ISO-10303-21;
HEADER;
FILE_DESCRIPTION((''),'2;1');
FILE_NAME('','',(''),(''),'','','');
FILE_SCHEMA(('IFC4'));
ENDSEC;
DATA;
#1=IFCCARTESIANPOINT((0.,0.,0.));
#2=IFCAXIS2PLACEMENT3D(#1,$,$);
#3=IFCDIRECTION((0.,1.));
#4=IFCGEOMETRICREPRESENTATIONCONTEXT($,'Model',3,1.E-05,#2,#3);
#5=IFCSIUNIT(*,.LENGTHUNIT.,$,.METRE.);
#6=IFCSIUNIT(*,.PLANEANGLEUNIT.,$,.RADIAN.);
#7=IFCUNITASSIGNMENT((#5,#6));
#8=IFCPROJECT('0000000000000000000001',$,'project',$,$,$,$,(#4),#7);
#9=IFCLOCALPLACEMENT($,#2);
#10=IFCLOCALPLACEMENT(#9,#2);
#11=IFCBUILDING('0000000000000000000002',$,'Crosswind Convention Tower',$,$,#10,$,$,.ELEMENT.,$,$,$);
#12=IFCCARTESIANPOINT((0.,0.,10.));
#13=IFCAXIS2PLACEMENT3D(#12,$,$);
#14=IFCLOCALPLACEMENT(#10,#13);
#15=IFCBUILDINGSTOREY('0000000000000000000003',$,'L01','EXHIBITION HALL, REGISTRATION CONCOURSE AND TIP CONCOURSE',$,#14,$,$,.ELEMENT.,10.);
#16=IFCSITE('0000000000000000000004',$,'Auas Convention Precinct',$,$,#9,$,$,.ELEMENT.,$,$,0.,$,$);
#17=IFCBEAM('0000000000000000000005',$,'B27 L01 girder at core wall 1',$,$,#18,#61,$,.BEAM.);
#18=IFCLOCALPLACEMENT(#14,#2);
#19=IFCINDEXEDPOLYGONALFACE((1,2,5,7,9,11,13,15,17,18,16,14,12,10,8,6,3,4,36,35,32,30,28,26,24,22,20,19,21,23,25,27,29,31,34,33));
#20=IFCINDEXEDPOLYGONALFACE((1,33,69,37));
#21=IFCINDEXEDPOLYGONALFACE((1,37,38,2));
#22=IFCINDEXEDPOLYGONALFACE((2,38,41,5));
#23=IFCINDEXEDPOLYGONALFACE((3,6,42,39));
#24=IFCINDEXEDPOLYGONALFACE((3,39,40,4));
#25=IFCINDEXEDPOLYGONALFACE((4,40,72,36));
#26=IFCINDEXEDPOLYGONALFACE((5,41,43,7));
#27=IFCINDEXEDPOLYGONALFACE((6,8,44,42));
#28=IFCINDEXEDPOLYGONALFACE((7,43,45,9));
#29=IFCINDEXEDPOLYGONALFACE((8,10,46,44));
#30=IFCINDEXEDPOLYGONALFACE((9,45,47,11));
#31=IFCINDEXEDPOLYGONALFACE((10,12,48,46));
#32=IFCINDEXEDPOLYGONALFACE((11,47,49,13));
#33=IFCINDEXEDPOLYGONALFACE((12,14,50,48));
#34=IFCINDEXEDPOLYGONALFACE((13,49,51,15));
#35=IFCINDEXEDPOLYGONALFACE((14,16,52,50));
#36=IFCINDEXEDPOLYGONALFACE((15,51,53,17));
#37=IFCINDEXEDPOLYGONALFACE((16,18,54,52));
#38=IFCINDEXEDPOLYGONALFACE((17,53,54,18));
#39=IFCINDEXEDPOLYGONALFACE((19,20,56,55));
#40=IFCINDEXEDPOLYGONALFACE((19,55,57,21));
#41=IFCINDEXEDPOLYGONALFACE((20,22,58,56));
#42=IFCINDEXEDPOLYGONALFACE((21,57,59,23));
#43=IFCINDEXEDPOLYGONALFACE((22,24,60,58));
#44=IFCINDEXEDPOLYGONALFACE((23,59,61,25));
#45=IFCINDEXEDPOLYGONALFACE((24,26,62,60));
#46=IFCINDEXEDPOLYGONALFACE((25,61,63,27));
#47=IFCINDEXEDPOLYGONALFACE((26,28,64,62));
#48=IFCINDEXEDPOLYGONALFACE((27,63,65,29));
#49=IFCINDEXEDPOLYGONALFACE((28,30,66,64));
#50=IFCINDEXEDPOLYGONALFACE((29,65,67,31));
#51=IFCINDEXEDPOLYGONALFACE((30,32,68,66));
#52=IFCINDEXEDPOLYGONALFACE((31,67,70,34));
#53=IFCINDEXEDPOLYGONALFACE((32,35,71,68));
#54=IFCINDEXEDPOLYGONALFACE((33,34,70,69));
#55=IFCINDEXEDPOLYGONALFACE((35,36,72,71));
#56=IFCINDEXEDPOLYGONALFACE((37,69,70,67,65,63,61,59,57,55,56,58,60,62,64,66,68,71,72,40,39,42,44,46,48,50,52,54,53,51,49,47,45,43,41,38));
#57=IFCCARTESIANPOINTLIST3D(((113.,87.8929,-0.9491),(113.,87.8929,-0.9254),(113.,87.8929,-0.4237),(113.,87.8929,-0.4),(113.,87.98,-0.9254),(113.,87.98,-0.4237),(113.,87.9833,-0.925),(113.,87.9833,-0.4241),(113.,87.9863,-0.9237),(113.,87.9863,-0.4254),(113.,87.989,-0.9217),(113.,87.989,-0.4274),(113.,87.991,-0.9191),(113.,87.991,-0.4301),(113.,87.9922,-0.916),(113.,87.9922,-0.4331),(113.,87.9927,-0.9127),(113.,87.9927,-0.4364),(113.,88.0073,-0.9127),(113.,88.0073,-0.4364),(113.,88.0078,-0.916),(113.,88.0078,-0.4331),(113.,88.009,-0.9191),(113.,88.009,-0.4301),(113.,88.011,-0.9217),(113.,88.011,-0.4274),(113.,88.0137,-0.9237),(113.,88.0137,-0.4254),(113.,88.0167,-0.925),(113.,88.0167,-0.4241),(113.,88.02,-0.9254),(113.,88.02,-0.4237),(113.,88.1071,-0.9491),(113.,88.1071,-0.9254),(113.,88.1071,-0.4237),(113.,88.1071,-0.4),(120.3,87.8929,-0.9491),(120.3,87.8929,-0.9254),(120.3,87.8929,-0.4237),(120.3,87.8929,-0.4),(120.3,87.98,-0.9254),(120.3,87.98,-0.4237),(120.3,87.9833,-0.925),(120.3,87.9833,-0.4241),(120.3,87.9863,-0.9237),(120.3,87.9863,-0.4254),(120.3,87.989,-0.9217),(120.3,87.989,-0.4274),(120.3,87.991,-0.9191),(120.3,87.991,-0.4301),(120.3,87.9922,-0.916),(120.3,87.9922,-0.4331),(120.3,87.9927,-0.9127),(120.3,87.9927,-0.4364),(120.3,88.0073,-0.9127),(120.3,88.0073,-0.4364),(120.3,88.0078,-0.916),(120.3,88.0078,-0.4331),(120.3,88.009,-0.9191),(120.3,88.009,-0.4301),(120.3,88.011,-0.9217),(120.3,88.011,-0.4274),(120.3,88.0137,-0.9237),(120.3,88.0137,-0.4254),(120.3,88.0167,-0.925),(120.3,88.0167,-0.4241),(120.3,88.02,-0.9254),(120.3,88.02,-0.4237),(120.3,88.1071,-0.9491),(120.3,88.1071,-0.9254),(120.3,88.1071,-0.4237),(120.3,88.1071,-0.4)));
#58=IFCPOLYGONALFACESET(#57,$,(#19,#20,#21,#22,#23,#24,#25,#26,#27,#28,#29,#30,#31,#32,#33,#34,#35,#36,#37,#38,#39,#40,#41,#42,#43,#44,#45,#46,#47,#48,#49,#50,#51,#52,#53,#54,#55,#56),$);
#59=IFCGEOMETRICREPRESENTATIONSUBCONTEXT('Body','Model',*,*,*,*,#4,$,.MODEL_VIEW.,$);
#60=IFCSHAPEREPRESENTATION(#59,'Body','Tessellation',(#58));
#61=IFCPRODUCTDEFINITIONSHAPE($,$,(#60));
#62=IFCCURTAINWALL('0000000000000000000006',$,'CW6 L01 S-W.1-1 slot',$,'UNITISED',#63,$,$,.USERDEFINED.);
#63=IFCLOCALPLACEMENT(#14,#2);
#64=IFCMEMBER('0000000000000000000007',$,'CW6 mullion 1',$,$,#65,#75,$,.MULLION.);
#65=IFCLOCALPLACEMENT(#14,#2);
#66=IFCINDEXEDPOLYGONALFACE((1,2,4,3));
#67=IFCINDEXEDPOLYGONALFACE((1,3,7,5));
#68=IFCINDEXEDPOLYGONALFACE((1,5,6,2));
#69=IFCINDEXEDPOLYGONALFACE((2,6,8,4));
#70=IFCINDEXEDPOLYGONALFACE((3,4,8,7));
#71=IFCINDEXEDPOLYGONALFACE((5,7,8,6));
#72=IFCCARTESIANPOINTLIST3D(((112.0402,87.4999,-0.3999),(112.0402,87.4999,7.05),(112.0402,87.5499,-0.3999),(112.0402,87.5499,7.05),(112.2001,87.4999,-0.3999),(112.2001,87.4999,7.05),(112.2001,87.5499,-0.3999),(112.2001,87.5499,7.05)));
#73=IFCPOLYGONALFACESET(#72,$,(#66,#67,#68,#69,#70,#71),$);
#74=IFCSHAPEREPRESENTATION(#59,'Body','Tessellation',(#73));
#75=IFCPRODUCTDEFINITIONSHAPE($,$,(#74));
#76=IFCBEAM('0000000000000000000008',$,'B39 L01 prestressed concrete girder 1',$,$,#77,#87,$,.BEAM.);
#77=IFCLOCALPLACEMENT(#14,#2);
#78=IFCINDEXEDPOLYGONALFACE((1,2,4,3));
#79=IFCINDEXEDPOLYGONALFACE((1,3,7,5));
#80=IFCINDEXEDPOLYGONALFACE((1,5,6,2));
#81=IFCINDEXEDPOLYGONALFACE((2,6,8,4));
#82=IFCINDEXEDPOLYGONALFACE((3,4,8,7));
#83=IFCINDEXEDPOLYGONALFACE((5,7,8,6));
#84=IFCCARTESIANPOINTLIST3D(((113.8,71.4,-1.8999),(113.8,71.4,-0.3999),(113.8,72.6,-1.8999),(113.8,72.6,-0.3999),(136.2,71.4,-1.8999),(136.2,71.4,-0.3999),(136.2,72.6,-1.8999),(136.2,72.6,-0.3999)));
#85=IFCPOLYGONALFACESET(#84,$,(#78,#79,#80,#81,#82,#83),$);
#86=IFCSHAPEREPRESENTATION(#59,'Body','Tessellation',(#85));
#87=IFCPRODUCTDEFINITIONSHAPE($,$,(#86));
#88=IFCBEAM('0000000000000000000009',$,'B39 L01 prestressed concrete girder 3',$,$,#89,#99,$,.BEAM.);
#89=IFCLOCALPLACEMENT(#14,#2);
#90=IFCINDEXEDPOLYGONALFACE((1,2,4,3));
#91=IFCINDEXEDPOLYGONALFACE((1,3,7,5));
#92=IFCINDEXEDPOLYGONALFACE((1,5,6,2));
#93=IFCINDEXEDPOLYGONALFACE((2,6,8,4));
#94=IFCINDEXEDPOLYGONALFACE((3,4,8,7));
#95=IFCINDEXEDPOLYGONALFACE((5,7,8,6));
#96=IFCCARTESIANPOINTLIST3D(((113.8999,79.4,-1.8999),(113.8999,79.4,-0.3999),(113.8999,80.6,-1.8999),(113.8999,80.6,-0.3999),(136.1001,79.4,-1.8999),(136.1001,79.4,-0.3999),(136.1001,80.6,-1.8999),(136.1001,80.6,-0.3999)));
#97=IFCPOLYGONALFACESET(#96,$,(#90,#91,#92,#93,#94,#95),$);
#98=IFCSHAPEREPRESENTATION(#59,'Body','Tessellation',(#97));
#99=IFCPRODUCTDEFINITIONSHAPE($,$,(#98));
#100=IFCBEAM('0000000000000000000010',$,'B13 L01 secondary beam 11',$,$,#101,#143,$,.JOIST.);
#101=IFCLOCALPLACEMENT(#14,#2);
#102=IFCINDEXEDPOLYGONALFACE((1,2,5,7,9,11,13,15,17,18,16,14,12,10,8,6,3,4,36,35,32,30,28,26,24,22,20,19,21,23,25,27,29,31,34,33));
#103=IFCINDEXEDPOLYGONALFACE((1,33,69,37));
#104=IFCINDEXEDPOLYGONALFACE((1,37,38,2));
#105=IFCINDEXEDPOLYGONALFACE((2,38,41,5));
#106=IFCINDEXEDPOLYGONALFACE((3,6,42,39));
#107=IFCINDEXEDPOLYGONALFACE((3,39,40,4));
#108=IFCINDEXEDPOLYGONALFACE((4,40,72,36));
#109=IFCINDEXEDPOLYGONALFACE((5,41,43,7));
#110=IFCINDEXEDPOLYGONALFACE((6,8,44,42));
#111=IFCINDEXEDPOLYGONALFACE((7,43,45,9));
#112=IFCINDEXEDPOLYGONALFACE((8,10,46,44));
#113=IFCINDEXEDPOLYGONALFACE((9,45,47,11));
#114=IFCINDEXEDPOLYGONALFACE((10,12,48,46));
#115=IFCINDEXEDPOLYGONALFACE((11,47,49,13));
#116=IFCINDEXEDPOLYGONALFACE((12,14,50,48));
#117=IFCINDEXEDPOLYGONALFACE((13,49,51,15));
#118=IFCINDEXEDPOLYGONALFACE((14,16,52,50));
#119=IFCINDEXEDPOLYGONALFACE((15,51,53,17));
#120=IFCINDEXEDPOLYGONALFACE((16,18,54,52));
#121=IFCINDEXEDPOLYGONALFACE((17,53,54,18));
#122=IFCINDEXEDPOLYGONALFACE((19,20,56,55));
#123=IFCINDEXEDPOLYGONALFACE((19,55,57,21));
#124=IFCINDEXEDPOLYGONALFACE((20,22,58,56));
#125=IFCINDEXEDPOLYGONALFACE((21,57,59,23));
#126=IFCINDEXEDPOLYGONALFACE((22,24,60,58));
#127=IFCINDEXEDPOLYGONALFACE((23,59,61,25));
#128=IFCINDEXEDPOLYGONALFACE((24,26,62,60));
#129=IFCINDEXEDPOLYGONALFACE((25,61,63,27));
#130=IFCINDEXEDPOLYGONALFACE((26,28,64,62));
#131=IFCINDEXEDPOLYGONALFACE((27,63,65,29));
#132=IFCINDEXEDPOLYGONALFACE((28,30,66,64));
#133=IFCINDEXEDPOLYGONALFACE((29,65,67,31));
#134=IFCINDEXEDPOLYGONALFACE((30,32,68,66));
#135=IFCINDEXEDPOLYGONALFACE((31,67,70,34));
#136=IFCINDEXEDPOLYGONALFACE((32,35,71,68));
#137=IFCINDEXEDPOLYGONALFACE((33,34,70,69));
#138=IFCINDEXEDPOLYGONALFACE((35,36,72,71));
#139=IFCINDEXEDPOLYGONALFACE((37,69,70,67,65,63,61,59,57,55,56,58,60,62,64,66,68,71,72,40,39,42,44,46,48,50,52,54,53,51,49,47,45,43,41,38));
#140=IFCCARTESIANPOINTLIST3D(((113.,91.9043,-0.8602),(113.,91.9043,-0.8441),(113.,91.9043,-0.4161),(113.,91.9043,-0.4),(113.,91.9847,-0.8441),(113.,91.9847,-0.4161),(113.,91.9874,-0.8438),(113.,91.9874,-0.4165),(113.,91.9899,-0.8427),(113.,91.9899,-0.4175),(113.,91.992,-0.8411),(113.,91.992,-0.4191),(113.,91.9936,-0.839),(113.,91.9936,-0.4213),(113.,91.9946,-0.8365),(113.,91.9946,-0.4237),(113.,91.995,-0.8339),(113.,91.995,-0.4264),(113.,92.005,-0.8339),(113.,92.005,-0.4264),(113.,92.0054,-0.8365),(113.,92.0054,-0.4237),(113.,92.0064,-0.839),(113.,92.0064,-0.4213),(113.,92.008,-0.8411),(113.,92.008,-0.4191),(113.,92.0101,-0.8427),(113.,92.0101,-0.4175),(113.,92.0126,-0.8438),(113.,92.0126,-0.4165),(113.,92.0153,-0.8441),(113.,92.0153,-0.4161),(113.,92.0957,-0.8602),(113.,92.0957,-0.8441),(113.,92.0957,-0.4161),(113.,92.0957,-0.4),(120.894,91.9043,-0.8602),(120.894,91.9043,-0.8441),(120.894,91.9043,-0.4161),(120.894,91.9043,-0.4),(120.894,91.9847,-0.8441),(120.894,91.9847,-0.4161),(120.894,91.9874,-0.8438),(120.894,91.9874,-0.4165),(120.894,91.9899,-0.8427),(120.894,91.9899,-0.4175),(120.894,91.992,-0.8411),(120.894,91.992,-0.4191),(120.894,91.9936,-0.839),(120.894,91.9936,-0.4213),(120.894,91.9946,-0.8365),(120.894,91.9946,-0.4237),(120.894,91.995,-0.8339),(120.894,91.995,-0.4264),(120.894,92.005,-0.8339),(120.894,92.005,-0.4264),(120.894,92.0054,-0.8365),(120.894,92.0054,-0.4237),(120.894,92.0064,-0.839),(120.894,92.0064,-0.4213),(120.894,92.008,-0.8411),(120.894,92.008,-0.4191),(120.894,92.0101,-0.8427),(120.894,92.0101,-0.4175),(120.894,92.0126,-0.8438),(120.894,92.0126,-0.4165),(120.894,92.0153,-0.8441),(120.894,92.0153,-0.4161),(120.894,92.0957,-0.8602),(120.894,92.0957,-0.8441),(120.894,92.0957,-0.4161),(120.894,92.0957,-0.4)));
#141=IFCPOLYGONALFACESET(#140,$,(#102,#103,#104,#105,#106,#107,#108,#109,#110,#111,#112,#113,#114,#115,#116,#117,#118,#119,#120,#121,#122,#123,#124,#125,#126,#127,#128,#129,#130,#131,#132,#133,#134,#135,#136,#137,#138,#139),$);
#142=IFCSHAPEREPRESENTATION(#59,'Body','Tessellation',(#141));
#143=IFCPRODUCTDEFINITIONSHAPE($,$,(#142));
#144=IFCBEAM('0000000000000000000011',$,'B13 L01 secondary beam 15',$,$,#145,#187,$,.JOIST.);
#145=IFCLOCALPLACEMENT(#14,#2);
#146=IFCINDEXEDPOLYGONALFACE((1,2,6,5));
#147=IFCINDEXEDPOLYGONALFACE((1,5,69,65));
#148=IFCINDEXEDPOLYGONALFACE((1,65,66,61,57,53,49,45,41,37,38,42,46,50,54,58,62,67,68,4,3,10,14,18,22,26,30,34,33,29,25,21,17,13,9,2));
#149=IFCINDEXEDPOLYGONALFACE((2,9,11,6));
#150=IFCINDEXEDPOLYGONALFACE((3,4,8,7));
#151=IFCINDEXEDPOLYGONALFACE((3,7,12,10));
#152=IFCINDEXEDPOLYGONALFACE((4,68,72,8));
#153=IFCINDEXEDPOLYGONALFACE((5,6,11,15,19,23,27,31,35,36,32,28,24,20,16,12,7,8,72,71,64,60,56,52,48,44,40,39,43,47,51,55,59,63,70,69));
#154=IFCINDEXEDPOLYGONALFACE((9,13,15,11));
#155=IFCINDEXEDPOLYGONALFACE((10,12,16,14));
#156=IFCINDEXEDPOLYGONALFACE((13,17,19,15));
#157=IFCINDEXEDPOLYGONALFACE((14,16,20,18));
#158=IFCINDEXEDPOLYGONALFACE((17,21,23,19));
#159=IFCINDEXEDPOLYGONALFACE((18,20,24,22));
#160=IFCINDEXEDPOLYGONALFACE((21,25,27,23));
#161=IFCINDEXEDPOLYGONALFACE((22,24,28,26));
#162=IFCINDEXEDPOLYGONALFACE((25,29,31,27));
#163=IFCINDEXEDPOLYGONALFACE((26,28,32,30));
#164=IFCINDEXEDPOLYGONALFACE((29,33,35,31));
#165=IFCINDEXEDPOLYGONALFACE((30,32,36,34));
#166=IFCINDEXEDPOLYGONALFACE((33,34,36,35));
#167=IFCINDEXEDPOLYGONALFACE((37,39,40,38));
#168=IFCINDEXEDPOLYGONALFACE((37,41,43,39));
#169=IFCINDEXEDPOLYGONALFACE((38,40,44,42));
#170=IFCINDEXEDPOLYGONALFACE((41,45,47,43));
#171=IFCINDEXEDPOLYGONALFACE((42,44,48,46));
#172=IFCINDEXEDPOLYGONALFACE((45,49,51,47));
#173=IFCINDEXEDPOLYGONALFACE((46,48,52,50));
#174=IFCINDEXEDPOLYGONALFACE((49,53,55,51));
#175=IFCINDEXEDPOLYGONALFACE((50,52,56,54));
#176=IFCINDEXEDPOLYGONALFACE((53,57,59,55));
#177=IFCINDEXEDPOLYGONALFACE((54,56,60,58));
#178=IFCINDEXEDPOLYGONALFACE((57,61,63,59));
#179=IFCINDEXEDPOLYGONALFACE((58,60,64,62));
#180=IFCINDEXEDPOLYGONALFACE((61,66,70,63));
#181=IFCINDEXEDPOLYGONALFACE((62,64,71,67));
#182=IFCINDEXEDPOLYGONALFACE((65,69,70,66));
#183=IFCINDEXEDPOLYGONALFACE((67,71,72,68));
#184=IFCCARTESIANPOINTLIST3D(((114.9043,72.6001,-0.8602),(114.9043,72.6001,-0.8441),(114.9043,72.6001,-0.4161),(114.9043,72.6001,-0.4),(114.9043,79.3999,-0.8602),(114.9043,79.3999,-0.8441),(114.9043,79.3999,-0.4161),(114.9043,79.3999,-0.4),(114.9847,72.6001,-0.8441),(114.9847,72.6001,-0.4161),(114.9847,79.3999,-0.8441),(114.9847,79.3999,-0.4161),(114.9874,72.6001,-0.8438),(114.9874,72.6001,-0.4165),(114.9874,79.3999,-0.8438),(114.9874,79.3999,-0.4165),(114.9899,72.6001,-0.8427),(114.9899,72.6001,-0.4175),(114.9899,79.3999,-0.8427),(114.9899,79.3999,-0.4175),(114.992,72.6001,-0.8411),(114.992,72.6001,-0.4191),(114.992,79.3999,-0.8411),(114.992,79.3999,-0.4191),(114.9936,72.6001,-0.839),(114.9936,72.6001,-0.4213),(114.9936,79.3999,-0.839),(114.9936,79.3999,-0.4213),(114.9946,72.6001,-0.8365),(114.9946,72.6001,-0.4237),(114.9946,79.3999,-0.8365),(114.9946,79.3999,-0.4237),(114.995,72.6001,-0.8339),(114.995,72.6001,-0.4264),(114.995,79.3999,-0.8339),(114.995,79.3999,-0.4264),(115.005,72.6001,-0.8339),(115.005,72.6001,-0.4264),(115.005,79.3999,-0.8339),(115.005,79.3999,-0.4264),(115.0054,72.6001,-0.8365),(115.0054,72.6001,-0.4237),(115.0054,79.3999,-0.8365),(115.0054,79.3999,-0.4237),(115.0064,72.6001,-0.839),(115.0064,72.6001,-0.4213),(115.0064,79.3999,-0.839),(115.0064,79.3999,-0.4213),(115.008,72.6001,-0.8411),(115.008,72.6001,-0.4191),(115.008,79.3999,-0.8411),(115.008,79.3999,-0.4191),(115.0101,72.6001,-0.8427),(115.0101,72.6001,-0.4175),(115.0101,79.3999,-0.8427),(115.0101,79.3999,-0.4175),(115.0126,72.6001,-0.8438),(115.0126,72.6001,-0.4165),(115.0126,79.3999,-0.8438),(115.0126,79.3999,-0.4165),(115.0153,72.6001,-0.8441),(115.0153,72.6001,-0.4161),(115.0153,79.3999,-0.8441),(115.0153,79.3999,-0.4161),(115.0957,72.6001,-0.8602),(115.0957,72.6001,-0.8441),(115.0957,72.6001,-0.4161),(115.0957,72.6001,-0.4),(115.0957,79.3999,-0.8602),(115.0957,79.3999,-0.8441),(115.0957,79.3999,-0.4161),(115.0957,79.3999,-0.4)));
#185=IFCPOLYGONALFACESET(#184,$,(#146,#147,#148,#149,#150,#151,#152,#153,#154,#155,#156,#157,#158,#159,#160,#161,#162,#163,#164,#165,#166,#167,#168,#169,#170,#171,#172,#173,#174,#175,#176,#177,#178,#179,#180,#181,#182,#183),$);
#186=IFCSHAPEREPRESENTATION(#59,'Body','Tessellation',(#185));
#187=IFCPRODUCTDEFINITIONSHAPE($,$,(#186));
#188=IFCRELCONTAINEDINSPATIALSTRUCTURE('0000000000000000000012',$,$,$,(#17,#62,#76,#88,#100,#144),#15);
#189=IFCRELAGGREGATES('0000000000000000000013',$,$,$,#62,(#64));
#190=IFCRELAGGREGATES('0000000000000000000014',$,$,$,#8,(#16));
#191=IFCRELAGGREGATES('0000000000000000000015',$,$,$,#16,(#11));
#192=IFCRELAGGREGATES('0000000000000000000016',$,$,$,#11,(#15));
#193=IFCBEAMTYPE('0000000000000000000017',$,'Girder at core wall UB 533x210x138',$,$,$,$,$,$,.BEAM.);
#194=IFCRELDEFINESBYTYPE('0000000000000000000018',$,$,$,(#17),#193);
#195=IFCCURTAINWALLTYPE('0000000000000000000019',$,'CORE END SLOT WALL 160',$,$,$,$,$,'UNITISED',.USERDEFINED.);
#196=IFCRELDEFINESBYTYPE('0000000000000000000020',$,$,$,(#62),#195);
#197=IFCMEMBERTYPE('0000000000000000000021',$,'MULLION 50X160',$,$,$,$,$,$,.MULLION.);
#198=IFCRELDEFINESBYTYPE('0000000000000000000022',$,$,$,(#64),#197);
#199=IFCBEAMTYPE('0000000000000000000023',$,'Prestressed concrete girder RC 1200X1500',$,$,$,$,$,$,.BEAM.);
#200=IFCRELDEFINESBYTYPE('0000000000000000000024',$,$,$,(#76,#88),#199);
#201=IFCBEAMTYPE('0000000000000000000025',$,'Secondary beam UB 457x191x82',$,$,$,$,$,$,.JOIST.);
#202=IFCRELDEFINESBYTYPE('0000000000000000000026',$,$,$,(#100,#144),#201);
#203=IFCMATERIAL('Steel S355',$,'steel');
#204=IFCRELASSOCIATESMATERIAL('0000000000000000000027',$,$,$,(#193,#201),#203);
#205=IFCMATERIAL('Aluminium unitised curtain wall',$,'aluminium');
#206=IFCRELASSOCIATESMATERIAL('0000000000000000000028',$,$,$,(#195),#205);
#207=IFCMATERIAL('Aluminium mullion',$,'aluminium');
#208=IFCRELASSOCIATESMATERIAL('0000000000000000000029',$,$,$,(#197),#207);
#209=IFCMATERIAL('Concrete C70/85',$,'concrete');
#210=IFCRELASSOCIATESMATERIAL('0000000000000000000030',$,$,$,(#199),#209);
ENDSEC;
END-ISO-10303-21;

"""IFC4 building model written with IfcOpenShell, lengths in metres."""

from ifc_helpers import new_model, si_unit, direction, frame, origin, origin_2d, place, context, subcontext, project, spatial, rectangle, i_section, extrude, material, material_profile, profile_set, type_object, element, aggregate, save


model = new_model("IFC4")

# Units and contexts
model_context = context("Model", 3, precision=1e-05, world=origin(), true_north=direction((0.0, 1.0)))
body_context = subcontext(model_context, "Body", "Model", "MODEL_VIEW")
ifc_project = project(units=[si_unit("LENGTHUNIT", "METRE"), si_unit("PLANEANGLEUNIT", "RADIAN")], contexts=[model_context])

# Site, building, storey
site_placement = place(None, origin())
site = spatial("IfcSite", under=ifc_project, at=site_placement, Name="Auas Convention Precinct", CompositionType="ELEMENT", RefElevation=0.0)
building_placement = place(site_placement, origin())
building = spatial("IfcBuilding", under=site, at=building_placement, Name="Crosswind Convention Tower", CompositionType="ELEMENT")
storey_placement = place(building_placement, frame((0.0, 0.0, 10.0)))
storey = spatial("IfcBuildingStorey", under=building, at=storey_placement, Name="L01", Description="EXHIBITION HALL, REGISTRATION CONCOURSE AND TIP CONCOURSE", CompositionType="ELEMENT", Elevation=10.0)

# Shared definitions
ifc_material_1 = material(Name="Concrete C70/85", Category="concrete")

# Beam
ifc_material_2 = material(Name="Steel S355", Category="steel")
ifc_material_profile_1 = material_profile(ifc_material_2, i_section(OverallWidth=0.2141, OverallDepth=0.5491, WebThickness=0.0146, FlangeThickness=0.0237, FilletRadius=0.0127, at=origin_2d()), Name="UB 533x210x138")
ifc_profile_set_1 = profile_set([ifc_material_profile_1], Name="Steel S355")
beam_type_1 = type_object("IfcBeamType", Name="Girder at core wall UB 533x210x138", PredefinedType="BEAM", material=ifc_profile_set_1)
beam_1_placement = place(storey_placement, frame((113.0, 88.0, -0.6746), z_axis=(1.0, 0.0, 0.0), x_axis=(0.0, 1.0, 0.0)))
element("IfcBeam", 1, at=beam_1_placement, inside=storey, type_object=beam_type_1, Name="B27 L01 girder at core wall 1", PredefinedType="BEAM", context=body_context, shape_type="SweptSolid", body=[
    extrude(i_section(OverallWidth=0.2141, OverallDepth=0.5491, WebThickness=0.0146, FlangeThickness=0.0237, FilletRadius=0.0127, at=origin_2d()), origin(), (0.0, 0.0, 1.0), 7.3),
])

# Curtain wall, member
ifc_material_3 = material(Name="Aluminium unitised curtain wall", Category="aluminium")
curtain_wall_type = type_object("IfcCurtainWallType", Name="CORE END SLOT WALL 160", ElementType="UNITISED", PredefinedType="USERDEFINED", material=ifc_material_3)
curtain_wall_placement = place(storey_placement, origin())
curtain_wall = element("IfcCurtainWall", 2, at=curtain_wall_placement, inside=storey, type_object=curtain_wall_type, Name="CW6 L01 S-W.1-1 slot", ObjectType="UNITISED", PredefinedType="USERDEFINED")
ifc_material_4 = material(Name="Aluminium mullion", Category="aluminium")
ifc_material_profile_2 = material_profile(ifc_material_4, rectangle(XDim=0.1599, YDim=0.05, at=origin_2d()), Name="AL 160X50")
ifc_profile_set_2 = profile_set([ifc_material_profile_2], Name="Aluminium mullion")
member_type_1 = type_object("IfcMemberType", Name="MULLION 50X160", PredefinedType="MULLION", material=ifc_profile_set_2)
member_1_placement = place(storey_placement, frame((112.1201, 87.5249, -0.3999), z_axis=(0.0, 0.0, 1.0), x_axis=(-1.0, 0.0, 0.0)))
member_1 = element("IfcMember", 3, at=member_1_placement, type_object=member_type_1, Name="CW6 mullion 1", PredefinedType="MULLION", context=body_context, shape_type="SweptSolid", body=[
    extrude(rectangle(XDim=0.1599, YDim=0.05, at=origin_2d()), origin(), (0.0, 0.0, 1.0), 7.45),
])

# Beams
ifc_material_profile_3 = material_profile(ifc_material_1, rectangle(XDim=1.2, YDim=1.5, at=origin_2d()), Name="RC 1200X1500")
ifc_profile_set_3 = profile_set([ifc_material_profile_3], Name="Concrete C70/85")
beam_type_2 = type_object("IfcBeamType", Name="Prestressed concrete girder RC 1200X1500", PredefinedType="BEAM", material=ifc_profile_set_3)
beam_2_placement = place(storey_placement, frame((113.8, 72.0, -1.1499), z_axis=(1.0, 0.0, 0.0), x_axis=(0.0, 1.0, 0.0)))
element("IfcBeam", 4, at=beam_2_placement, inside=storey, type_object=beam_type_2, Name="B39 L01 prestressed concrete girder 1", PredefinedType="BEAM", context=body_context, shape_type="SweptSolid", body=[
    extrude(rectangle(XDim=1.2, YDim=1.5, at=origin_2d()), origin(), (0.0, 0.0, 1.0), 22.3999),
])
beam_3_placement = place(storey_placement, frame((113.8999, 80.0, -1.1499), z_axis=(1.0, 0.0, 0.0), x_axis=(0.0, 1.0, 0.0)))
element("IfcBeam", 5, at=beam_3_placement, inside=storey, type_object=beam_type_2, Name="B39 L01 prestressed concrete girder 3", PredefinedType="BEAM", context=body_context, shape_type="SweptSolid", body=[
    extrude(rectangle(XDim=1.2, YDim=1.5, at=origin_2d()), origin(), (0.0, 0.0, 1.0), 22.2002),
])
ifc_material_profile_4 = material_profile(ifc_material_2, i_section(OverallWidth=0.1914, OverallDepth=0.4602, WebThickness=0.01, FlangeThickness=0.0161, FilletRadius=0.0103, at=origin_2d()), Name="UB 457x191x82")
ifc_profile_set_4 = profile_set([ifc_material_profile_4], Name="Steel S355")
beam_type_3 = type_object("IfcBeamType", Name="Secondary beam UB 457x191x82", PredefinedType="JOIST", material=ifc_profile_set_4)
beam_4_placement = place(storey_placement, frame((113.0, 92.0, -0.6301), z_axis=(1.0, 0.0, 0.0), x_axis=(0.0, 1.0, 0.0)))
element("IfcBeam", 6, at=beam_4_placement, inside=storey, type_object=beam_type_3, Name="B13 L01 secondary beam 11", PredefinedType="JOIST", context=body_context, shape_type="SweptSolid", body=[
    extrude(i_section(OverallWidth=0.1914, OverallDepth=0.4602, WebThickness=0.01, FlangeThickness=0.0161, FilletRadius=0.0103, at=origin_2d()), origin(), (0.0, 0.0, 1.0), 7.894),
])
beam_5_placement = place(storey_placement, frame((115.0, 72.6001, -0.6301), z_axis=(0.0, 1.0, 0.0), x_axis=(-1.0, 0.0, 0.0)))
element("IfcBeam", 7, at=beam_5_placement, inside=storey, type_object=beam_type_3, Name="B13 L01 secondary beam 15", PredefinedType="JOIST", context=body_context, shape_type="SweptSolid", body=[
    extrude(i_section(OverallWidth=0.1914, OverallDepth=0.4602, WebThickness=0.01, FlangeThickness=0.0161, FilletRadius=0.0103, at=origin_2d()), origin(), (0.0, 0.0, 1.0), 6.7998),
])

aggregate(curtain_wall, [member_1])

save(model, "model.ifc")
